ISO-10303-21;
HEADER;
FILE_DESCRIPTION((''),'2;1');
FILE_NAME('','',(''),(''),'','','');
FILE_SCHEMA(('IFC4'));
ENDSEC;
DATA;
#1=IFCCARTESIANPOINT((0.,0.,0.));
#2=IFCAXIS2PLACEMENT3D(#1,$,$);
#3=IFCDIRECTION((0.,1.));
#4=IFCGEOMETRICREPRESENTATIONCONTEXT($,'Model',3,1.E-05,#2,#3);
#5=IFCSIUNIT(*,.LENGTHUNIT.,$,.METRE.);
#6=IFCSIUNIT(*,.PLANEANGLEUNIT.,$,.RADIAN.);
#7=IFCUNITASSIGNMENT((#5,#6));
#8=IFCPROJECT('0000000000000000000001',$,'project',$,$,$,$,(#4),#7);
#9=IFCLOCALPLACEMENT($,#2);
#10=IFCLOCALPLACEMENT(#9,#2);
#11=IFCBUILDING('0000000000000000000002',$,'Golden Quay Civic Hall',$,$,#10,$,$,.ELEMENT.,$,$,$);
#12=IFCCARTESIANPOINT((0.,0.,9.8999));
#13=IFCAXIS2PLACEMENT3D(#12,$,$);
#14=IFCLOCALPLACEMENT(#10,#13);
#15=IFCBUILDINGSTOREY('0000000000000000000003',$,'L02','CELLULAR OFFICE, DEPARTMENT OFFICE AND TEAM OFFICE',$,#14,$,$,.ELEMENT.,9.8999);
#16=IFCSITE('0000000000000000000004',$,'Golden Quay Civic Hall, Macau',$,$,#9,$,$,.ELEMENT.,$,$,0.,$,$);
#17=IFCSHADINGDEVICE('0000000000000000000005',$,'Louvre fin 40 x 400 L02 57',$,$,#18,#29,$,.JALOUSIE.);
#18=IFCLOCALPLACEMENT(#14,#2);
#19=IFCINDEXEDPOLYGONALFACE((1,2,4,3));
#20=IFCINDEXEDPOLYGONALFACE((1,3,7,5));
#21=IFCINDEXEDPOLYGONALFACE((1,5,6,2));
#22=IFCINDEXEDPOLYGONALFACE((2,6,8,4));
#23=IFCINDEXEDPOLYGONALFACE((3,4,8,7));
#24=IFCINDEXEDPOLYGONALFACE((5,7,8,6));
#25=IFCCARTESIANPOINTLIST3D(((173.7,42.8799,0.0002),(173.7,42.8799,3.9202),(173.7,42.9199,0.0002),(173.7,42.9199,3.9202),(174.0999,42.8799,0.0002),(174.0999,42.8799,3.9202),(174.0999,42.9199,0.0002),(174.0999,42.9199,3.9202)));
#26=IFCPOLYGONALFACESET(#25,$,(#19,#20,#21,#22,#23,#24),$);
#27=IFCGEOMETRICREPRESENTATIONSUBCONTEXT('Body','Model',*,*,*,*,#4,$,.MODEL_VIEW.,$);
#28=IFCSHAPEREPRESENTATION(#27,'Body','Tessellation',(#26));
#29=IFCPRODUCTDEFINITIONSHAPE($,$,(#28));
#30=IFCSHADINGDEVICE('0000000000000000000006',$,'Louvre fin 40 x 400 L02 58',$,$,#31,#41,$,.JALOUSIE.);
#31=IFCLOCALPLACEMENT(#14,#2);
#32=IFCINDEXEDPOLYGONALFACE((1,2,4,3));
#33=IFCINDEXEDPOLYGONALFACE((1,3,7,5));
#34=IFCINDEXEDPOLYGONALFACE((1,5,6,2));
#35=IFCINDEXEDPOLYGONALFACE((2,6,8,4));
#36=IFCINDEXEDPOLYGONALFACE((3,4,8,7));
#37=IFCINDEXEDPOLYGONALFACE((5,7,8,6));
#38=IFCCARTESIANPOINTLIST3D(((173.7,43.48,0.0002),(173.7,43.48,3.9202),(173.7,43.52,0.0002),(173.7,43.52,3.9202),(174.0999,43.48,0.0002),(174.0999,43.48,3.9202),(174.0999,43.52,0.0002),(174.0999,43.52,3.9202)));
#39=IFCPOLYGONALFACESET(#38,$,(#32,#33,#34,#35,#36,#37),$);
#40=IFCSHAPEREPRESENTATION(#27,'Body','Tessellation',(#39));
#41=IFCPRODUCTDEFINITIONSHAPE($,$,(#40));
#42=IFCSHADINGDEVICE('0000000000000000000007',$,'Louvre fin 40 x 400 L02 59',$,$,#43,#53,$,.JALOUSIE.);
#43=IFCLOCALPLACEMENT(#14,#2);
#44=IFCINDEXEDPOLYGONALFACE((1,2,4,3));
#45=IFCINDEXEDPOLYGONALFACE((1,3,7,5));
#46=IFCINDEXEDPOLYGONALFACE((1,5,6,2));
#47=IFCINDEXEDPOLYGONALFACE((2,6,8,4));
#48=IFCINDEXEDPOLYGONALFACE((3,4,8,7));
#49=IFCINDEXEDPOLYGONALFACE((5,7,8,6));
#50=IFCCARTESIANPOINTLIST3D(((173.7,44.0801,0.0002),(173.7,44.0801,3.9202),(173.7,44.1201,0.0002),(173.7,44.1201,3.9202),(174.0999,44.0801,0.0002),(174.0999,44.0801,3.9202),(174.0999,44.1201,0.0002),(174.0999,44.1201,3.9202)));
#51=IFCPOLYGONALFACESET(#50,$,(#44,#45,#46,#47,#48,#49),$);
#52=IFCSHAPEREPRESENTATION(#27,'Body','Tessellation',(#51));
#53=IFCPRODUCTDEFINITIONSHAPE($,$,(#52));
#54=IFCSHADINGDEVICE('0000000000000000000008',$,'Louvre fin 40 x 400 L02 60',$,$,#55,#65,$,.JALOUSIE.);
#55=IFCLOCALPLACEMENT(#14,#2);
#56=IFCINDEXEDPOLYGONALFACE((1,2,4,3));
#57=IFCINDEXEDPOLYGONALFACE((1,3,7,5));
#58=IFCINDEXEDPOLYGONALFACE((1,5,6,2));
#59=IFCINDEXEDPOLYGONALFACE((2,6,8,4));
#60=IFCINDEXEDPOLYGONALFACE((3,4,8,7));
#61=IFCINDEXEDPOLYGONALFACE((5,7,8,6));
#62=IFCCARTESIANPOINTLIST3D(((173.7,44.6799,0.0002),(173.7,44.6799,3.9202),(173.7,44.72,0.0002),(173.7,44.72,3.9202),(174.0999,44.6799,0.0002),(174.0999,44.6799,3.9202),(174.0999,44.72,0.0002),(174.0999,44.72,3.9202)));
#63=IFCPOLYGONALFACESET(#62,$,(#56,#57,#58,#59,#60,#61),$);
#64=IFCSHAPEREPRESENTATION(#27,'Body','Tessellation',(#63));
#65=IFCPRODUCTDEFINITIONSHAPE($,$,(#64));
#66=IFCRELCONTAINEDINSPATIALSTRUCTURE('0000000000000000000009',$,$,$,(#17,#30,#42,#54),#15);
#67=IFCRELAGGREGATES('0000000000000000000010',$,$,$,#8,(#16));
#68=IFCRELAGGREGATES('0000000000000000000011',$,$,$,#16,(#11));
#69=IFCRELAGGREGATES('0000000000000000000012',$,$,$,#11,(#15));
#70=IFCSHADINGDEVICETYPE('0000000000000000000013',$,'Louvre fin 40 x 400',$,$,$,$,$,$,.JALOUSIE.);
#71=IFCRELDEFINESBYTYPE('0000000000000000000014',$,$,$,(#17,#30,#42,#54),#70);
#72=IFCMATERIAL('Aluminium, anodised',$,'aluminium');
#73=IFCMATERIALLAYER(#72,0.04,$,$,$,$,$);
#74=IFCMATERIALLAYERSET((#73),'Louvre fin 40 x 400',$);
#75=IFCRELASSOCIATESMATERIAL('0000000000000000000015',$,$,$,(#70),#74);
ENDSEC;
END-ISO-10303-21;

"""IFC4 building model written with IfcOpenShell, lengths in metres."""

from ifc_helpers import new_model, si_unit, direction, frame, origin, origin_2d, place, context, subcontext, project, spatial, rectangle, extrude, material, layer, layer_set, type_object, element, save


model = new_model("IFC4")

# Units and contexts
model_context = context("Model", 3, precision=1e-05, world=origin(), true_north=direction((0.0, 1.0)))
body_context = subcontext(model_context, "Body", "Model", "MODEL_VIEW")
ifc_project = project(units=[si_unit("LENGTHUNIT", "METRE"), si_unit("PLANEANGLEUNIT", "RADIAN")], contexts=[model_context])

# Site, building, storey
site_placement = place(None, origin())
site = spatial("IfcSite", under=ifc_project, at=site_placement, Name="Golden Quay Civic Hall, Macau", CompositionType="ELEMENT", RefElevation=0.0)
building_placement = place(site_placement, origin())
building = spatial("IfcBuilding", under=site, at=building_placement, Name="Golden Quay Civic Hall", CompositionType="ELEMENT")
storey_placement = place(building_placement, frame((0.0, 0.0, 9.8999)))
storey = spatial("IfcBuildingStorey", under=building, at=storey_placement, Name="L02", Description="CELLULAR OFFICE, DEPARTMENT OFFICE AND TEAM OFFICE", CompositionType="ELEMENT", Elevation=9.8999)

# Shading devices
ifc_material_1 = material(Name="Aluminium, anodised", Category="aluminium")
ifc_layer_1 = layer(ifc_material_1, 0.04)
ifc_layer_set_1 = layer_set([ifc_layer_1], Name="Louvre fin 40 x 400")
shading_device_type = type_object("IfcShadingDeviceType", Name="Louvre fin 40 x 400", PredefinedType="JALOUSIE", material=ifc_layer_set_1)
for number, where, z_axis, x_axis, name in (
    (1, (173.8999, 42.8999, 0.0002), (0.0, 0.0, 1.0), (0.0, 1.0, 0.0), "Louvre fin 40 x 400 L02 57"),
    (2, (173.8999, 43.5, 0.0002), (0.0, 0.0, 1.0), (0.0, 1.0, 0.0), "Louvre fin 40 x 400 L02 58"),
    (3, (173.8999, 44.1001, 0.0002), (0.0, 0.0, 1.0), (0.0, 1.0, 0.0), "Louvre fin 40 x 400 L02 59"),
    (4, (173.8999, 44.7, 0.0002), (0.0, 0.0, 1.0), (0.0, 1.0, 0.0), "Louvre fin 40 x 400 L02 60"),
):
    element("IfcShadingDevice", number, at=place(storey_placement, frame(where, z_axis=z_axis, x_axis=x_axis)), inside=storey, type_object=shading_device_type, Name=name, PredefinedType="JALOUSIE", context=body_context, shape_type="SweptSolid", body=[
        extrude(rectangle(XDim=0.04, YDim=0.3999, at=origin_2d()), origin(), (0.0, 0.0, 1.0), 3.9199),
    ])

save(model, "model.ifc")
